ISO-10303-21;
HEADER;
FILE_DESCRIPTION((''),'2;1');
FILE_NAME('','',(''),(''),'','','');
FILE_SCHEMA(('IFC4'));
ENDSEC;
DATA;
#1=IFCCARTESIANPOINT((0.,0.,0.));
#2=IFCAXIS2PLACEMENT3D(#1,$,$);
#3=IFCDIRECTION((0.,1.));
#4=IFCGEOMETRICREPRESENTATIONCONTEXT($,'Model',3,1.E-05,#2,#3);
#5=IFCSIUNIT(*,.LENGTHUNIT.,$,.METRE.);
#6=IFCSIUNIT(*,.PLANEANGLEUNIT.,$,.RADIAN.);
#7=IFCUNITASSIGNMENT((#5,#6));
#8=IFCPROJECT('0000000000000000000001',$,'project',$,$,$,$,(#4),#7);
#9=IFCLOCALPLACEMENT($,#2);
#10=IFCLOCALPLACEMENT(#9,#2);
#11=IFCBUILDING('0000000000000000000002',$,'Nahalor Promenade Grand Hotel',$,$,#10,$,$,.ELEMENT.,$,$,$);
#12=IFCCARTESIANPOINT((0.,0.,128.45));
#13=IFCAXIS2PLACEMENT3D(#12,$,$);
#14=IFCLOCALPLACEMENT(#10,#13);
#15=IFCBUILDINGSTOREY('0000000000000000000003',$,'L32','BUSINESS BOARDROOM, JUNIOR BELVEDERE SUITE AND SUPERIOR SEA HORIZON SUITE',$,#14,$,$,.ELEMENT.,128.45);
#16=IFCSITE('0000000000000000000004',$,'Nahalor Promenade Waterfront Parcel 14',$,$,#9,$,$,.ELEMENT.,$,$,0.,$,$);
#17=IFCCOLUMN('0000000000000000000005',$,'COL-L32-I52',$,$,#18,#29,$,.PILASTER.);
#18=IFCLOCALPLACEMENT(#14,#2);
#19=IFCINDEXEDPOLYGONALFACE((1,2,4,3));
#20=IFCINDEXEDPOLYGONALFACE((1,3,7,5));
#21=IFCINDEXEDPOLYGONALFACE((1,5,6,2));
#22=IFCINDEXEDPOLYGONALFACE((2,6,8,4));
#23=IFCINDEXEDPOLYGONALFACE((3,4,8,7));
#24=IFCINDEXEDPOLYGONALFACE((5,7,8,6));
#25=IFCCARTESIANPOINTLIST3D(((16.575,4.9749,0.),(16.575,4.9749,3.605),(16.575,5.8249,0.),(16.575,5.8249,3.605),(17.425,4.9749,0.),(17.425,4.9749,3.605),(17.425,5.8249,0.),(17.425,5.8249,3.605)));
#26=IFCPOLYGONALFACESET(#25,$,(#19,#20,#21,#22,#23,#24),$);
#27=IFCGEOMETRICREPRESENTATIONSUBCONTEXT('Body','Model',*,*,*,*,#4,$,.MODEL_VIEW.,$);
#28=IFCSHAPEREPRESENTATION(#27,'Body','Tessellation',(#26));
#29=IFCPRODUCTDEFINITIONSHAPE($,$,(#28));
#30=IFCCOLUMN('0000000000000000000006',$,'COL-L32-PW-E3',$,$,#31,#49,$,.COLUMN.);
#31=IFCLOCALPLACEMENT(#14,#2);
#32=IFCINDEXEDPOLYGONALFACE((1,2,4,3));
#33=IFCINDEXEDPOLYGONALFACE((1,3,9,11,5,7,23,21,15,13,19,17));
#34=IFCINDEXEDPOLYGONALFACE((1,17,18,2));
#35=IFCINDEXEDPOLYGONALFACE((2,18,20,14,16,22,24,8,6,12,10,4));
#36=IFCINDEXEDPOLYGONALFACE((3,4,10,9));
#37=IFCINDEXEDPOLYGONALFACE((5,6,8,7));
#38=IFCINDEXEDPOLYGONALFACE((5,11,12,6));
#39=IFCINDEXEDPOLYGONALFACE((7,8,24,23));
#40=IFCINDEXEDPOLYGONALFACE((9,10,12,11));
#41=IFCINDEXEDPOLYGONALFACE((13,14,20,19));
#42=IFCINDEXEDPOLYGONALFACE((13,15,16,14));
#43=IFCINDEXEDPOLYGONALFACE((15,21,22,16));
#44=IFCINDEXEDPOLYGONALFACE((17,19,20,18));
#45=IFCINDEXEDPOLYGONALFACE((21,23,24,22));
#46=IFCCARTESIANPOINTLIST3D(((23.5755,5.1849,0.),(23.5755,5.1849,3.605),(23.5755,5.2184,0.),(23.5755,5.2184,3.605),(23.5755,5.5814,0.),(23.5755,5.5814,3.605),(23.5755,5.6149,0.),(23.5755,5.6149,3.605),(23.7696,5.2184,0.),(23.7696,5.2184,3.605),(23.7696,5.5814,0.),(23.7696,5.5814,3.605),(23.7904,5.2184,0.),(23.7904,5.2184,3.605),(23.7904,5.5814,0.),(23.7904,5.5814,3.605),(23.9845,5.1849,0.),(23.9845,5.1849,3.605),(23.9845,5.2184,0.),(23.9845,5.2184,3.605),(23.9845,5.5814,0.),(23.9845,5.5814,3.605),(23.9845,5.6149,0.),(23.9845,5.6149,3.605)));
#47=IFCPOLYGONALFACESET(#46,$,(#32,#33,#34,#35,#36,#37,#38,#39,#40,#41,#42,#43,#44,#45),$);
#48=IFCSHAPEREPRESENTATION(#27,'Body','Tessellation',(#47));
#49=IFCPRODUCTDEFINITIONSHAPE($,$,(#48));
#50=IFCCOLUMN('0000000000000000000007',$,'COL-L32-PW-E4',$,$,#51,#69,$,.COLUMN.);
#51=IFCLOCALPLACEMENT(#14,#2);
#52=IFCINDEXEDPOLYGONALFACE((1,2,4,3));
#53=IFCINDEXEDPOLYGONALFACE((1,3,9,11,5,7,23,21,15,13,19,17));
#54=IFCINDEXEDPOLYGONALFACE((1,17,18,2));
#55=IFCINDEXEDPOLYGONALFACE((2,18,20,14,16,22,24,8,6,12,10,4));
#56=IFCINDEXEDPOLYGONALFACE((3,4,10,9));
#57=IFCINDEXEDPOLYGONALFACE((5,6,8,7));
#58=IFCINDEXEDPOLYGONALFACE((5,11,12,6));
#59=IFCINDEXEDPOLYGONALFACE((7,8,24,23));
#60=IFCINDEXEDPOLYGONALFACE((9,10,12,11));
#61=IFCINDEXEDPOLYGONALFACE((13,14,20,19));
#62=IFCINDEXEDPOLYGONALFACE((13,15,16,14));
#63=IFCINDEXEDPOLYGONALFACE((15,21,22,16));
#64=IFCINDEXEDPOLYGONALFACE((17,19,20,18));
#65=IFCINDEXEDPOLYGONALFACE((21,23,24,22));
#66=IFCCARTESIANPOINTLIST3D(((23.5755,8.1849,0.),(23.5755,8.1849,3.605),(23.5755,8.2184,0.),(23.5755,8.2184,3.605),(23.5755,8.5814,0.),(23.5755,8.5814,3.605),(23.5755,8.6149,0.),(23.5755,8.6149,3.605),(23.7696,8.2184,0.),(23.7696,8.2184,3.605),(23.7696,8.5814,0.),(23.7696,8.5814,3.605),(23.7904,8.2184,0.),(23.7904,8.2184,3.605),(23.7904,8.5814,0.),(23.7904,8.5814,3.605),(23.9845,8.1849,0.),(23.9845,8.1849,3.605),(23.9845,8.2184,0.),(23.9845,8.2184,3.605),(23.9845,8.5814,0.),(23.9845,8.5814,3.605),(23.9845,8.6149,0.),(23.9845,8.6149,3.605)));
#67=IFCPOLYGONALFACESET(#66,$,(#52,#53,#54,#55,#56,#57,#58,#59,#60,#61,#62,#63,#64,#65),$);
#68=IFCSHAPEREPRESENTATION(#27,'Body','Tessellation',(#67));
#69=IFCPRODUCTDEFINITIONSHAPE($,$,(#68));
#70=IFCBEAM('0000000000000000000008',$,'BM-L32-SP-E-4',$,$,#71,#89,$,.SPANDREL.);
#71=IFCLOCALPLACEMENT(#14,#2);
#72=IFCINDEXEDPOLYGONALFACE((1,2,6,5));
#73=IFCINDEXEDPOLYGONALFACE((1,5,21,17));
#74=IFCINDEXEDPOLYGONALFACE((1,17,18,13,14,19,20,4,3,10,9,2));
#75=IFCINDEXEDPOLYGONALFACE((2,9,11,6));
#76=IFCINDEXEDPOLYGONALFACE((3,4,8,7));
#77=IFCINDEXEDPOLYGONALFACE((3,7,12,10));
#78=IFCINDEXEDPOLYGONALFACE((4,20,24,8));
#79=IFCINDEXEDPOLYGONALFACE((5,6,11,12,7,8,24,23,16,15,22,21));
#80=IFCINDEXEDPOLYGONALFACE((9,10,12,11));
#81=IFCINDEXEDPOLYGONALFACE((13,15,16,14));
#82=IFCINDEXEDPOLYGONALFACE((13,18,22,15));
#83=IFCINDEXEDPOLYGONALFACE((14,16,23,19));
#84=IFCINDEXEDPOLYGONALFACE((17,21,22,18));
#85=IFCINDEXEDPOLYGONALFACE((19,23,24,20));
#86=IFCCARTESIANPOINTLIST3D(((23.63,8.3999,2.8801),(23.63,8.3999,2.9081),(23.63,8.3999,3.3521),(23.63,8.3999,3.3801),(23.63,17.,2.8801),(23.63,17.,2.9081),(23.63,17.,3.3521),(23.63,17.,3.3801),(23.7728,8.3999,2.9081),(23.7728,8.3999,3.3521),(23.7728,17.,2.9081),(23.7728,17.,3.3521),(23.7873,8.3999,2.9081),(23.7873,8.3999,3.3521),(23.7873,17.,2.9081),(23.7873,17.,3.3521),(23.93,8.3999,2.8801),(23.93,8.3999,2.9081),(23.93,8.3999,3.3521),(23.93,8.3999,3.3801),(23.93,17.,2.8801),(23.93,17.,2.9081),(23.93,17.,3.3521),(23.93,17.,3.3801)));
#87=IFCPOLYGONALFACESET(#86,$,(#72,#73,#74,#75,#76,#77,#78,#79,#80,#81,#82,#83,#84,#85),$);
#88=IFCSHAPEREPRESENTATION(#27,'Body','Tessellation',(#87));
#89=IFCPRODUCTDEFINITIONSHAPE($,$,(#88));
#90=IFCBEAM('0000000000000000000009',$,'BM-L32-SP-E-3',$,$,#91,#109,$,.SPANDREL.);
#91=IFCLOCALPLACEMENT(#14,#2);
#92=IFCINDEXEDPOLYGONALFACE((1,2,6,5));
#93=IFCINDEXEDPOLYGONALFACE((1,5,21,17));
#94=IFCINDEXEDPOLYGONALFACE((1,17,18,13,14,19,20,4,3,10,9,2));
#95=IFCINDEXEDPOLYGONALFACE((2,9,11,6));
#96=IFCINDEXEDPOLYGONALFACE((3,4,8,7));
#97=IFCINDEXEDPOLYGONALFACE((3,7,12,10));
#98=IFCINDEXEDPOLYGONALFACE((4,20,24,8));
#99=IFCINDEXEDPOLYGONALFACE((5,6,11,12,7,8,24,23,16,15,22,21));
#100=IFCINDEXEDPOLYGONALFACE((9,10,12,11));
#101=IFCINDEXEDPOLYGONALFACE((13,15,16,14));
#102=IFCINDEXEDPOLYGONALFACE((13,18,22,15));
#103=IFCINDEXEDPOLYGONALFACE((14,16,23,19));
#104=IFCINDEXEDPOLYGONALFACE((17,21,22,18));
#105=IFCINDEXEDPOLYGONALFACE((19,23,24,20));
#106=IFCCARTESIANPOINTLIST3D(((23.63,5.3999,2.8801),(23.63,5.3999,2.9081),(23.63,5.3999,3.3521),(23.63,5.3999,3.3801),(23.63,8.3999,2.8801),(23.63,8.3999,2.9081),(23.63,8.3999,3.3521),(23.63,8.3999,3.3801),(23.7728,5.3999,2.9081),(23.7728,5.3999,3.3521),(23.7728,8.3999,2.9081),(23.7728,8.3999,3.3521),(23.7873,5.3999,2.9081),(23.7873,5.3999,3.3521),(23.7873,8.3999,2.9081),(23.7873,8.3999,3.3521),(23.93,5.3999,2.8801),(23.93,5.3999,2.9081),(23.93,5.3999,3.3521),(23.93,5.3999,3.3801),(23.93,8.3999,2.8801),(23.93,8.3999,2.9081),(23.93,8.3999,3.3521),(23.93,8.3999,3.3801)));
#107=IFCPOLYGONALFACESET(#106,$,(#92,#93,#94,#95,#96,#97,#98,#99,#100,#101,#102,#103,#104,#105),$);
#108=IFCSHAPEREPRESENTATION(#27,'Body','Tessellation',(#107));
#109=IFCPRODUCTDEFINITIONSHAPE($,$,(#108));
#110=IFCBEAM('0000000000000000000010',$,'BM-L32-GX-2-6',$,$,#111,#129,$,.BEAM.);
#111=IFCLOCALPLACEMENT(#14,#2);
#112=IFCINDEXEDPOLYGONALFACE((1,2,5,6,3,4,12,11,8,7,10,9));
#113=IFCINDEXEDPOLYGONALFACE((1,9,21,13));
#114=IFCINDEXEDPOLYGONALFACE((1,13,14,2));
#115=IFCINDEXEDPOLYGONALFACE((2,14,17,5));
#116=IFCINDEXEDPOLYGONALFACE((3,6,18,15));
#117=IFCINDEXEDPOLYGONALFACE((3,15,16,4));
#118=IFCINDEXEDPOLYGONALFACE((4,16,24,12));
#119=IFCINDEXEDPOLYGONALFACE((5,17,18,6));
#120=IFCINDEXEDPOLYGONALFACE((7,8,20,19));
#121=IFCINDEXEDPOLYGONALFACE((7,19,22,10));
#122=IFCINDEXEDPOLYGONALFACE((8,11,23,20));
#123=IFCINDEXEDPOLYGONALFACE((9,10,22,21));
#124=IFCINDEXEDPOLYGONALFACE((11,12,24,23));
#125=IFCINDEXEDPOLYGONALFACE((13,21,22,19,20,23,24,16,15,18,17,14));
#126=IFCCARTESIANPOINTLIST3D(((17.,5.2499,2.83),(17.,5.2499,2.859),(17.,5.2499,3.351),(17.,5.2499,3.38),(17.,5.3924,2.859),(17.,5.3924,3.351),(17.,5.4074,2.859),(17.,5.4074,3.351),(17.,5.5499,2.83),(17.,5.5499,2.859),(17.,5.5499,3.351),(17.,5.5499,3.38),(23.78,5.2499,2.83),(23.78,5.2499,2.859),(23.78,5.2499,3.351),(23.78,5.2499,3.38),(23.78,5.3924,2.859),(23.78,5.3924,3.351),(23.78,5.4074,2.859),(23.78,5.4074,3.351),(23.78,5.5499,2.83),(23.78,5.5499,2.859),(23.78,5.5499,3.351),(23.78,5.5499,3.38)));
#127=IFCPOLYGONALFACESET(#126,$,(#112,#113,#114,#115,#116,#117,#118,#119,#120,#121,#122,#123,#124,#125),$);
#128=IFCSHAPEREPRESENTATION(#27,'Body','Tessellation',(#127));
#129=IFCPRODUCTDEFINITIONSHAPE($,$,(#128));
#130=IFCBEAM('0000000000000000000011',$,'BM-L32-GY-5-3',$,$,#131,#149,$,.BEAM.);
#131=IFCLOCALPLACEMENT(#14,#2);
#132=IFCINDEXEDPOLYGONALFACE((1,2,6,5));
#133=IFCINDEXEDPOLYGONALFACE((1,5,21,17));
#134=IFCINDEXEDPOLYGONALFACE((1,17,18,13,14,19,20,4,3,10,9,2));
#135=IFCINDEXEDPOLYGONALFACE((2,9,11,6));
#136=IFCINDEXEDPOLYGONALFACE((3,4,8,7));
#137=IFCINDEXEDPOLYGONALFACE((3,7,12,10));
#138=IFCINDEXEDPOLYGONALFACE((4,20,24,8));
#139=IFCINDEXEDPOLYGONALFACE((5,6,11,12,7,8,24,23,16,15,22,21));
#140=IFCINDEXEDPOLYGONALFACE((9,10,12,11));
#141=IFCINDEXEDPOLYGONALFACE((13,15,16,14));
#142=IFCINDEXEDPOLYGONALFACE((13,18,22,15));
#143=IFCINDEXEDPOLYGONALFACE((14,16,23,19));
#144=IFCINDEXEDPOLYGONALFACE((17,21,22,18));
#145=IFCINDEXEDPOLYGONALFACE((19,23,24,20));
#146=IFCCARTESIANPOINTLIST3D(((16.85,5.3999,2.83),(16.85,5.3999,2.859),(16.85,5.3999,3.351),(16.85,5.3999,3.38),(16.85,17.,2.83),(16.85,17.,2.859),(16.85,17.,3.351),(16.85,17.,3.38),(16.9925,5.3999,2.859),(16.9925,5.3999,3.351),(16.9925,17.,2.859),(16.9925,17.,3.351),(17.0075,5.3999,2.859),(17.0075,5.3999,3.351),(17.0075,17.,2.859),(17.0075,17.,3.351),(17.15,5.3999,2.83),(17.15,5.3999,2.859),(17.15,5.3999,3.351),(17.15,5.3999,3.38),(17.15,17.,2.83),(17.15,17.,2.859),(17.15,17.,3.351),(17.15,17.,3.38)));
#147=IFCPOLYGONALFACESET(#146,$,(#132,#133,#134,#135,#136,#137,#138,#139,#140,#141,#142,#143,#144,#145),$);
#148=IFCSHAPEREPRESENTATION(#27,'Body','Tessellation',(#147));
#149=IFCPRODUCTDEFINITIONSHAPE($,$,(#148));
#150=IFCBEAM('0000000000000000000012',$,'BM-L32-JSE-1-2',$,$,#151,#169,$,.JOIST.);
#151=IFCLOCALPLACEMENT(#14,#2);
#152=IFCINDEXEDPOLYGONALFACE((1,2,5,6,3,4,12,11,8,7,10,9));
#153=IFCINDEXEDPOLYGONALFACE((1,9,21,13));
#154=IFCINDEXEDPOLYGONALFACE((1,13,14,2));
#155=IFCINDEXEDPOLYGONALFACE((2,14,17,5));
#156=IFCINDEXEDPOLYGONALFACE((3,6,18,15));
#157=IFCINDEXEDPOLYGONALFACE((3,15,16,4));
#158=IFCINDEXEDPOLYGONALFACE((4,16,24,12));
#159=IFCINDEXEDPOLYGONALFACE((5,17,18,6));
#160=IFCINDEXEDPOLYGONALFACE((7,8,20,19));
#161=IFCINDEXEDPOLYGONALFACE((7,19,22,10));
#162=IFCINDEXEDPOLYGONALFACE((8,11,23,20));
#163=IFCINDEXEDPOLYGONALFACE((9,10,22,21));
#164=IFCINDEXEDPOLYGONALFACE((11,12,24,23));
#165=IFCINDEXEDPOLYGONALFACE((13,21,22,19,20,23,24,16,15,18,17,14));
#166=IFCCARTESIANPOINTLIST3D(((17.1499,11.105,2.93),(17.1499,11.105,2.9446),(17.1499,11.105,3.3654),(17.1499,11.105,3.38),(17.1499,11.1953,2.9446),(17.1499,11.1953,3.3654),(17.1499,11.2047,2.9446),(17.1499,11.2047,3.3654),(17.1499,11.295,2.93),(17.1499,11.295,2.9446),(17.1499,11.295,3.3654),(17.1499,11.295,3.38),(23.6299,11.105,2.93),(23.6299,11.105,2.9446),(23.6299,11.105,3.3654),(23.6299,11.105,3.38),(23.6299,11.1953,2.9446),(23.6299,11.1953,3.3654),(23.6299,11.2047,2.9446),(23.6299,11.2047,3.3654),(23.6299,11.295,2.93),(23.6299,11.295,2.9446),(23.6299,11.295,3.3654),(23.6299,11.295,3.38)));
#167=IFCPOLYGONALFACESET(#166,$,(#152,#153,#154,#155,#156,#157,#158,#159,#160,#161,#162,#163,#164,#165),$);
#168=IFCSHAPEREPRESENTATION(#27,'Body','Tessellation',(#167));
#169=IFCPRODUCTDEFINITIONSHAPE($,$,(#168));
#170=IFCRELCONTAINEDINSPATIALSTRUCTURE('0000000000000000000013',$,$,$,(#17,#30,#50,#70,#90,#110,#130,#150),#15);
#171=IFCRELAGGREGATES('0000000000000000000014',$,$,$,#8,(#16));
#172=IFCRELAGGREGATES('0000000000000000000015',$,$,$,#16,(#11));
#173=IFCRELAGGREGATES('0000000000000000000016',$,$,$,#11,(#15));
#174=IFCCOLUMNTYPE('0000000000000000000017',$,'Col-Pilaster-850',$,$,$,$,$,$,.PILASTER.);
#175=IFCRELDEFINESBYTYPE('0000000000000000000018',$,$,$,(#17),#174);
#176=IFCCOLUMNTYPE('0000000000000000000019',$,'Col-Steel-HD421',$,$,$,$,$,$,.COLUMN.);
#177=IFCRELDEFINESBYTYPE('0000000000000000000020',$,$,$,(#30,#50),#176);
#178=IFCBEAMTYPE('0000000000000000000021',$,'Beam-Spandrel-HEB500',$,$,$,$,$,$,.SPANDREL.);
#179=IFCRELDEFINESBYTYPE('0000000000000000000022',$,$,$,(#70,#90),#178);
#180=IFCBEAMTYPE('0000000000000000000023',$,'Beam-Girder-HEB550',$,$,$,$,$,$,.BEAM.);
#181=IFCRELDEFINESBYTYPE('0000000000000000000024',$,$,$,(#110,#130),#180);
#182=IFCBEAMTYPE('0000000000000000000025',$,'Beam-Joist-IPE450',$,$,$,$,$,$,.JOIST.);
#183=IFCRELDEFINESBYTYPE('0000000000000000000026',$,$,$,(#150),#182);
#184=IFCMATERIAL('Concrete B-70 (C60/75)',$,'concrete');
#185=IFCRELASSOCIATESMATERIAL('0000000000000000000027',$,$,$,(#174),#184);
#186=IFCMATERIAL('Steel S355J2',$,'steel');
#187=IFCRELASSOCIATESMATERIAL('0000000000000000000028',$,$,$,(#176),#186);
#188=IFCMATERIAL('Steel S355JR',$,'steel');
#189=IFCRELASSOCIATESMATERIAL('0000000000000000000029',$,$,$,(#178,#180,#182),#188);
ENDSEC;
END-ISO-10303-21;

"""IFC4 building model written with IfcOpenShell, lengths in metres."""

from ifc_helpers import new_model, si_unit, direction, frame, origin, origin_2d, place, context, subcontext, project, spatial, rectangle, i_section, extrude, source, transform, mapped, material, material_profile, profile_set, type_object, element, save


model = new_model("IFC4")

# Units and contexts
model_context = context("Model", 3, precision=1e-05, world=origin(), true_north=direction((0.0, 1.0)))
body_context = subcontext(model_context, "Body", "Model", "MODEL_VIEW")
ifc_project = project(units=[si_unit("LENGTHUNIT", "METRE"), si_unit("PLANEANGLEUNIT", "RADIAN")], contexts=[model_context])

# Site, building, storey
site_placement = place(None, origin())
site = spatial("IfcSite", under=ifc_project, at=site_placement, Name="Nahalor Promenade Waterfront Parcel 14", CompositionType="ELEMENT", RefElevation=0.0)
building_placement = place(site_placement, origin())
building = spatial("IfcBuilding", under=site, at=building_placement, Name="Nahalor Promenade Grand Hotel", CompositionType="ELEMENT")
storey_placement = place(building_placement, frame((0.0, 0.0, 128.45)))
storey = spatial("IfcBuildingStorey", under=building, at=storey_placement, Name="L32", Description="BUSINESS BOARDROOM, JUNIOR BELVEDERE SUITE AND SUPERIOR SEA HORIZON SUITE", CompositionType="ELEMENT", Elevation=128.45)

# Columns
ifc_material_1 = material(Name="Concrete B-70 (C60/75)", Category="concrete")
ifc_material_profile_1 = material_profile(ifc_material_1, rectangle(XDim=0.85, YDim=0.85, at=origin_2d()), Name="RC 850x850")
ifc_profile_set_1 = profile_set([ifc_material_profile_1], Name="Concrete B-70 (C60/75)")
column_type_1 = type_object("IfcColumnType", Name="Col-Pilaster-850", PredefinedType="PILASTER", material=ifc_profile_set_1)
shared_shape_1 = source(origin(), body_context, "Body", "SweptSolid", [
    extrude(rectangle(XDim=0.85, YDim=0.85, at=origin_2d()), origin(), (0.0, 0.0, 1.0), 3.605),
])
column_placement = place(storey_placement, frame((17.0, 5.3999, 0.0), z_axis=(0.0, 0.0, 1.0), x_axis=(1.0, 0.0, 0.0)))
element("IfcColumn", 1, at=column_placement, inside=storey, type_object=column_type_1, Name="COL-L32-I52", PredefinedType="PILASTER", context=body_context, shape_type="MappedRepresentation", body=[
    mapped(shared_shape_1, transform((0.0, 0.0, 0.0), scale=1.0)),
])
ifc_material_2 = material(Name="Steel S355J2", Category="steel")
ifc_material_profile_2 = material_profile(ifc_material_2, i_section(OverallWidth=0.409, OverallDepth=0.43, WebThickness=0.0208, FlangeThickness=0.0335, at=origin_2d()), Name="HD 400x421")
ifc_profile_set_2 = profile_set([ifc_material_profile_2], Name="Steel S355J2")
column_type_2 = type_object("IfcColumnType", Name="Col-Steel-HD421", PredefinedType="COLUMN", material=ifc_profile_set_2)
shared_shape_2 = source(origin(), body_context, "Body", "SweptSolid", [
    extrude(i_section(OverallWidth=0.409, OverallDepth=0.43, WebThickness=0.0208, FlangeThickness=0.0335, at=origin_2d()), origin(), (0.0, 0.0, 1.0), 3.605),
])
for number, where, z_axis, x_axis, name in (
    (2, (23.78, 5.3999, 0.0), (0.0, 0.0, 1.0), (1.0, 0.0, 0.0), "COL-L32-PW-E3"),
    (3, (23.78, 8.3999, 0.0), (0.0, 0.0, 1.0), (1.0, 0.0, 0.0), "COL-L32-PW-E4"),
):
    element("IfcColumn", number, at=place(storey_placement, frame(where, z_axis=z_axis, x_axis=x_axis)), inside=storey, type_object=column_type_2, Name=name, PredefinedType="COLUMN", context=body_context, shape_type="MappedRepresentation", body=[
        mapped(shared_shape_2, transform((0.0, 0.0, 0.0), scale=1.0)),
    ])

# Beams
ifc_material_3 = material(Name="Steel S355JR", Category="steel")
ifc_material_profile_3 = material_profile(ifc_material_3, i_section(OverallWidth=0.3, OverallDepth=0.5, WebThickness=0.0145, FlangeThickness=0.028, at=origin_2d()), Name="HEB 500")
ifc_profile_set_3 = profile_set([ifc_material_profile_3], Name="Steel S355JR")
beam_type_1 = type_object("IfcBeamType", Name="Beam-Spandrel-HEB500", PredefinedType="SPANDREL", material=ifc_profile_set_3)
shared_shape_3 = source(origin(), body_context, "Body", "SweptSolid", [
    extrude(i_section(OverallWidth=0.3, OverallDepth=0.5, WebThickness=0.0145, FlangeThickness=0.028, at=origin_2d()), origin(), (0.0, 0.0, 1.0), 8.6001),
])
beam_1_placement = place(storey_placement, frame((23.78, 8.3999, 3.1301), z_axis=(0.0, 1.0, 0.0), x_axis=(-1.0, 0.0, 0.0)))
element("IfcBeam", 4, at=beam_1_placement, inside=storey, type_object=beam_type_1, Name="BM-L32-SP-E-4", PredefinedType="SPANDREL", context=body_context, shape_type="MappedRepresentation", body=[
    mapped(shared_shape_3, transform((0.0, 0.0, 0.0), scale=1.0)),
])
shared_shape_4 = source(origin(), body_context, "Body", "SweptSolid", [
    extrude(i_section(OverallWidth=0.3, OverallDepth=0.5, WebThickness=0.0145, FlangeThickness=0.028, at=origin_2d()), origin(), (0.0, 0.0, 1.0), 3.0),
])
beam_2_placement = place(storey_placement, frame((23.78, 5.3999, 3.1301), z_axis=(0.0, 1.0, 0.0), x_axis=(-1.0, 0.0, 0.0)))
element("IfcBeam", 5, at=beam_2_placement, inside=storey, type_object=beam_type_1, Name="BM-L32-SP-E-3", PredefinedType="SPANDREL", context=body_context, shape_type="MappedRepresentation", body=[
    mapped(shared_shape_4, transform((0.0, 0.0, 0.0), scale=1.0)),
])
ifc_material_profile_4 = material_profile(ifc_material_3, i_section(OverallWidth=0.3, OverallDepth=0.55, WebThickness=0.015, FlangeThickness=0.029, at=origin_2d()), Name="HEB 550")
ifc_profile_set_4 = profile_set([ifc_material_profile_4], Name="Steel S355JR")
beam_type_2 = type_object("IfcBeamType", Name="Beam-Girder-HEB550", PredefinedType="BEAM", material=ifc_profile_set_4)
shared_shape_5 = source(origin(), body_context, "Body", "SweptSolid", [
    extrude(i_section(OverallWidth=0.3, OverallDepth=0.55, WebThickness=0.015, FlangeThickness=0.029, at=origin_2d()), origin(), (0.0, 0.0, 1.0), 6.78),
])
beam_3_placement = place(storey_placement, frame((17.0, 5.3999, 3.105), z_axis=(1.0, 0.0, 0.0), x_axis=(0.0, 1.0, 0.0)))
element("IfcBeam", 6, at=beam_3_placement, inside=storey, type_object=beam_type_2, Name="BM-L32-GX-2-6", PredefinedType="BEAM", context=body_context, shape_type="MappedRepresentation", body=[
    mapped(shared_shape_5, transform((0.0, 0.0, 0.0), scale=1.0)),
])
shared_shape_6 = source(origin(), body_context, "Body", "SweptSolid", [
    extrude(i_section(OverallWidth=0.3, OverallDepth=0.55, WebThickness=0.015, FlangeThickness=0.029, at=origin_2d()), origin(), (0.0, 0.0, 1.0), 11.6001),
])
beam_4_placement = place(storey_placement, frame((17.0, 5.3999, 3.105), z_axis=(0.0, 1.0, 0.0), x_axis=(-1.0, 0.0, 0.0)))
element("IfcBeam", 7, at=beam_4_placement, inside=storey, type_object=beam_type_2, Name="BM-L32-GY-5-3", PredefinedType="BEAM", context=body_context, shape_type="MappedRepresentation", body=[
    mapped(shared_shape_6, transform((0.0, 0.0, 0.0), scale=1.0)),
])
ifc_material_profile_5 = material_profile(ifc_material_3, i_section(OverallWidth=0.19, OverallDepth=0.45, WebThickness=0.0094, FlangeThickness=0.0146, at=origin_2d()), Name="IPE 450")
ifc_profile_set_5 = profile_set([ifc_material_profile_5], Name="Steel S355JR")
beam_type_3 = type_object("IfcBeamType", Name="Beam-Joist-IPE450", PredefinedType="JOIST", material=ifc_profile_set_5)
shared_shape_7 = source(origin(), body_context, "Body", "SweptSolid", [
    extrude(i_section(OverallWidth=0.19, OverallDepth=0.45, WebThickness=0.0094, FlangeThickness=0.0146, at=origin_2d()), origin(), (0.0, 0.0, 1.0), 6.48),
])
beam_5_placement = place(storey_placement, frame((17.1499, 11.2, 3.155), z_axis=(1.0, 0.0, 0.0), x_axis=(0.0, 1.0, 0.0)))
element("IfcBeam", 8, at=beam_5_placement, inside=storey, type_object=beam_type_3, Name="BM-L32-JSE-1-2", PredefinedType="JOIST", context=body_context, shape_type="MappedRepresentation", body=[
    mapped(shared_shape_7, transform((0.0, 0.0, 0.0), scale=1.0)),
])

save(model, "model.ifc")
